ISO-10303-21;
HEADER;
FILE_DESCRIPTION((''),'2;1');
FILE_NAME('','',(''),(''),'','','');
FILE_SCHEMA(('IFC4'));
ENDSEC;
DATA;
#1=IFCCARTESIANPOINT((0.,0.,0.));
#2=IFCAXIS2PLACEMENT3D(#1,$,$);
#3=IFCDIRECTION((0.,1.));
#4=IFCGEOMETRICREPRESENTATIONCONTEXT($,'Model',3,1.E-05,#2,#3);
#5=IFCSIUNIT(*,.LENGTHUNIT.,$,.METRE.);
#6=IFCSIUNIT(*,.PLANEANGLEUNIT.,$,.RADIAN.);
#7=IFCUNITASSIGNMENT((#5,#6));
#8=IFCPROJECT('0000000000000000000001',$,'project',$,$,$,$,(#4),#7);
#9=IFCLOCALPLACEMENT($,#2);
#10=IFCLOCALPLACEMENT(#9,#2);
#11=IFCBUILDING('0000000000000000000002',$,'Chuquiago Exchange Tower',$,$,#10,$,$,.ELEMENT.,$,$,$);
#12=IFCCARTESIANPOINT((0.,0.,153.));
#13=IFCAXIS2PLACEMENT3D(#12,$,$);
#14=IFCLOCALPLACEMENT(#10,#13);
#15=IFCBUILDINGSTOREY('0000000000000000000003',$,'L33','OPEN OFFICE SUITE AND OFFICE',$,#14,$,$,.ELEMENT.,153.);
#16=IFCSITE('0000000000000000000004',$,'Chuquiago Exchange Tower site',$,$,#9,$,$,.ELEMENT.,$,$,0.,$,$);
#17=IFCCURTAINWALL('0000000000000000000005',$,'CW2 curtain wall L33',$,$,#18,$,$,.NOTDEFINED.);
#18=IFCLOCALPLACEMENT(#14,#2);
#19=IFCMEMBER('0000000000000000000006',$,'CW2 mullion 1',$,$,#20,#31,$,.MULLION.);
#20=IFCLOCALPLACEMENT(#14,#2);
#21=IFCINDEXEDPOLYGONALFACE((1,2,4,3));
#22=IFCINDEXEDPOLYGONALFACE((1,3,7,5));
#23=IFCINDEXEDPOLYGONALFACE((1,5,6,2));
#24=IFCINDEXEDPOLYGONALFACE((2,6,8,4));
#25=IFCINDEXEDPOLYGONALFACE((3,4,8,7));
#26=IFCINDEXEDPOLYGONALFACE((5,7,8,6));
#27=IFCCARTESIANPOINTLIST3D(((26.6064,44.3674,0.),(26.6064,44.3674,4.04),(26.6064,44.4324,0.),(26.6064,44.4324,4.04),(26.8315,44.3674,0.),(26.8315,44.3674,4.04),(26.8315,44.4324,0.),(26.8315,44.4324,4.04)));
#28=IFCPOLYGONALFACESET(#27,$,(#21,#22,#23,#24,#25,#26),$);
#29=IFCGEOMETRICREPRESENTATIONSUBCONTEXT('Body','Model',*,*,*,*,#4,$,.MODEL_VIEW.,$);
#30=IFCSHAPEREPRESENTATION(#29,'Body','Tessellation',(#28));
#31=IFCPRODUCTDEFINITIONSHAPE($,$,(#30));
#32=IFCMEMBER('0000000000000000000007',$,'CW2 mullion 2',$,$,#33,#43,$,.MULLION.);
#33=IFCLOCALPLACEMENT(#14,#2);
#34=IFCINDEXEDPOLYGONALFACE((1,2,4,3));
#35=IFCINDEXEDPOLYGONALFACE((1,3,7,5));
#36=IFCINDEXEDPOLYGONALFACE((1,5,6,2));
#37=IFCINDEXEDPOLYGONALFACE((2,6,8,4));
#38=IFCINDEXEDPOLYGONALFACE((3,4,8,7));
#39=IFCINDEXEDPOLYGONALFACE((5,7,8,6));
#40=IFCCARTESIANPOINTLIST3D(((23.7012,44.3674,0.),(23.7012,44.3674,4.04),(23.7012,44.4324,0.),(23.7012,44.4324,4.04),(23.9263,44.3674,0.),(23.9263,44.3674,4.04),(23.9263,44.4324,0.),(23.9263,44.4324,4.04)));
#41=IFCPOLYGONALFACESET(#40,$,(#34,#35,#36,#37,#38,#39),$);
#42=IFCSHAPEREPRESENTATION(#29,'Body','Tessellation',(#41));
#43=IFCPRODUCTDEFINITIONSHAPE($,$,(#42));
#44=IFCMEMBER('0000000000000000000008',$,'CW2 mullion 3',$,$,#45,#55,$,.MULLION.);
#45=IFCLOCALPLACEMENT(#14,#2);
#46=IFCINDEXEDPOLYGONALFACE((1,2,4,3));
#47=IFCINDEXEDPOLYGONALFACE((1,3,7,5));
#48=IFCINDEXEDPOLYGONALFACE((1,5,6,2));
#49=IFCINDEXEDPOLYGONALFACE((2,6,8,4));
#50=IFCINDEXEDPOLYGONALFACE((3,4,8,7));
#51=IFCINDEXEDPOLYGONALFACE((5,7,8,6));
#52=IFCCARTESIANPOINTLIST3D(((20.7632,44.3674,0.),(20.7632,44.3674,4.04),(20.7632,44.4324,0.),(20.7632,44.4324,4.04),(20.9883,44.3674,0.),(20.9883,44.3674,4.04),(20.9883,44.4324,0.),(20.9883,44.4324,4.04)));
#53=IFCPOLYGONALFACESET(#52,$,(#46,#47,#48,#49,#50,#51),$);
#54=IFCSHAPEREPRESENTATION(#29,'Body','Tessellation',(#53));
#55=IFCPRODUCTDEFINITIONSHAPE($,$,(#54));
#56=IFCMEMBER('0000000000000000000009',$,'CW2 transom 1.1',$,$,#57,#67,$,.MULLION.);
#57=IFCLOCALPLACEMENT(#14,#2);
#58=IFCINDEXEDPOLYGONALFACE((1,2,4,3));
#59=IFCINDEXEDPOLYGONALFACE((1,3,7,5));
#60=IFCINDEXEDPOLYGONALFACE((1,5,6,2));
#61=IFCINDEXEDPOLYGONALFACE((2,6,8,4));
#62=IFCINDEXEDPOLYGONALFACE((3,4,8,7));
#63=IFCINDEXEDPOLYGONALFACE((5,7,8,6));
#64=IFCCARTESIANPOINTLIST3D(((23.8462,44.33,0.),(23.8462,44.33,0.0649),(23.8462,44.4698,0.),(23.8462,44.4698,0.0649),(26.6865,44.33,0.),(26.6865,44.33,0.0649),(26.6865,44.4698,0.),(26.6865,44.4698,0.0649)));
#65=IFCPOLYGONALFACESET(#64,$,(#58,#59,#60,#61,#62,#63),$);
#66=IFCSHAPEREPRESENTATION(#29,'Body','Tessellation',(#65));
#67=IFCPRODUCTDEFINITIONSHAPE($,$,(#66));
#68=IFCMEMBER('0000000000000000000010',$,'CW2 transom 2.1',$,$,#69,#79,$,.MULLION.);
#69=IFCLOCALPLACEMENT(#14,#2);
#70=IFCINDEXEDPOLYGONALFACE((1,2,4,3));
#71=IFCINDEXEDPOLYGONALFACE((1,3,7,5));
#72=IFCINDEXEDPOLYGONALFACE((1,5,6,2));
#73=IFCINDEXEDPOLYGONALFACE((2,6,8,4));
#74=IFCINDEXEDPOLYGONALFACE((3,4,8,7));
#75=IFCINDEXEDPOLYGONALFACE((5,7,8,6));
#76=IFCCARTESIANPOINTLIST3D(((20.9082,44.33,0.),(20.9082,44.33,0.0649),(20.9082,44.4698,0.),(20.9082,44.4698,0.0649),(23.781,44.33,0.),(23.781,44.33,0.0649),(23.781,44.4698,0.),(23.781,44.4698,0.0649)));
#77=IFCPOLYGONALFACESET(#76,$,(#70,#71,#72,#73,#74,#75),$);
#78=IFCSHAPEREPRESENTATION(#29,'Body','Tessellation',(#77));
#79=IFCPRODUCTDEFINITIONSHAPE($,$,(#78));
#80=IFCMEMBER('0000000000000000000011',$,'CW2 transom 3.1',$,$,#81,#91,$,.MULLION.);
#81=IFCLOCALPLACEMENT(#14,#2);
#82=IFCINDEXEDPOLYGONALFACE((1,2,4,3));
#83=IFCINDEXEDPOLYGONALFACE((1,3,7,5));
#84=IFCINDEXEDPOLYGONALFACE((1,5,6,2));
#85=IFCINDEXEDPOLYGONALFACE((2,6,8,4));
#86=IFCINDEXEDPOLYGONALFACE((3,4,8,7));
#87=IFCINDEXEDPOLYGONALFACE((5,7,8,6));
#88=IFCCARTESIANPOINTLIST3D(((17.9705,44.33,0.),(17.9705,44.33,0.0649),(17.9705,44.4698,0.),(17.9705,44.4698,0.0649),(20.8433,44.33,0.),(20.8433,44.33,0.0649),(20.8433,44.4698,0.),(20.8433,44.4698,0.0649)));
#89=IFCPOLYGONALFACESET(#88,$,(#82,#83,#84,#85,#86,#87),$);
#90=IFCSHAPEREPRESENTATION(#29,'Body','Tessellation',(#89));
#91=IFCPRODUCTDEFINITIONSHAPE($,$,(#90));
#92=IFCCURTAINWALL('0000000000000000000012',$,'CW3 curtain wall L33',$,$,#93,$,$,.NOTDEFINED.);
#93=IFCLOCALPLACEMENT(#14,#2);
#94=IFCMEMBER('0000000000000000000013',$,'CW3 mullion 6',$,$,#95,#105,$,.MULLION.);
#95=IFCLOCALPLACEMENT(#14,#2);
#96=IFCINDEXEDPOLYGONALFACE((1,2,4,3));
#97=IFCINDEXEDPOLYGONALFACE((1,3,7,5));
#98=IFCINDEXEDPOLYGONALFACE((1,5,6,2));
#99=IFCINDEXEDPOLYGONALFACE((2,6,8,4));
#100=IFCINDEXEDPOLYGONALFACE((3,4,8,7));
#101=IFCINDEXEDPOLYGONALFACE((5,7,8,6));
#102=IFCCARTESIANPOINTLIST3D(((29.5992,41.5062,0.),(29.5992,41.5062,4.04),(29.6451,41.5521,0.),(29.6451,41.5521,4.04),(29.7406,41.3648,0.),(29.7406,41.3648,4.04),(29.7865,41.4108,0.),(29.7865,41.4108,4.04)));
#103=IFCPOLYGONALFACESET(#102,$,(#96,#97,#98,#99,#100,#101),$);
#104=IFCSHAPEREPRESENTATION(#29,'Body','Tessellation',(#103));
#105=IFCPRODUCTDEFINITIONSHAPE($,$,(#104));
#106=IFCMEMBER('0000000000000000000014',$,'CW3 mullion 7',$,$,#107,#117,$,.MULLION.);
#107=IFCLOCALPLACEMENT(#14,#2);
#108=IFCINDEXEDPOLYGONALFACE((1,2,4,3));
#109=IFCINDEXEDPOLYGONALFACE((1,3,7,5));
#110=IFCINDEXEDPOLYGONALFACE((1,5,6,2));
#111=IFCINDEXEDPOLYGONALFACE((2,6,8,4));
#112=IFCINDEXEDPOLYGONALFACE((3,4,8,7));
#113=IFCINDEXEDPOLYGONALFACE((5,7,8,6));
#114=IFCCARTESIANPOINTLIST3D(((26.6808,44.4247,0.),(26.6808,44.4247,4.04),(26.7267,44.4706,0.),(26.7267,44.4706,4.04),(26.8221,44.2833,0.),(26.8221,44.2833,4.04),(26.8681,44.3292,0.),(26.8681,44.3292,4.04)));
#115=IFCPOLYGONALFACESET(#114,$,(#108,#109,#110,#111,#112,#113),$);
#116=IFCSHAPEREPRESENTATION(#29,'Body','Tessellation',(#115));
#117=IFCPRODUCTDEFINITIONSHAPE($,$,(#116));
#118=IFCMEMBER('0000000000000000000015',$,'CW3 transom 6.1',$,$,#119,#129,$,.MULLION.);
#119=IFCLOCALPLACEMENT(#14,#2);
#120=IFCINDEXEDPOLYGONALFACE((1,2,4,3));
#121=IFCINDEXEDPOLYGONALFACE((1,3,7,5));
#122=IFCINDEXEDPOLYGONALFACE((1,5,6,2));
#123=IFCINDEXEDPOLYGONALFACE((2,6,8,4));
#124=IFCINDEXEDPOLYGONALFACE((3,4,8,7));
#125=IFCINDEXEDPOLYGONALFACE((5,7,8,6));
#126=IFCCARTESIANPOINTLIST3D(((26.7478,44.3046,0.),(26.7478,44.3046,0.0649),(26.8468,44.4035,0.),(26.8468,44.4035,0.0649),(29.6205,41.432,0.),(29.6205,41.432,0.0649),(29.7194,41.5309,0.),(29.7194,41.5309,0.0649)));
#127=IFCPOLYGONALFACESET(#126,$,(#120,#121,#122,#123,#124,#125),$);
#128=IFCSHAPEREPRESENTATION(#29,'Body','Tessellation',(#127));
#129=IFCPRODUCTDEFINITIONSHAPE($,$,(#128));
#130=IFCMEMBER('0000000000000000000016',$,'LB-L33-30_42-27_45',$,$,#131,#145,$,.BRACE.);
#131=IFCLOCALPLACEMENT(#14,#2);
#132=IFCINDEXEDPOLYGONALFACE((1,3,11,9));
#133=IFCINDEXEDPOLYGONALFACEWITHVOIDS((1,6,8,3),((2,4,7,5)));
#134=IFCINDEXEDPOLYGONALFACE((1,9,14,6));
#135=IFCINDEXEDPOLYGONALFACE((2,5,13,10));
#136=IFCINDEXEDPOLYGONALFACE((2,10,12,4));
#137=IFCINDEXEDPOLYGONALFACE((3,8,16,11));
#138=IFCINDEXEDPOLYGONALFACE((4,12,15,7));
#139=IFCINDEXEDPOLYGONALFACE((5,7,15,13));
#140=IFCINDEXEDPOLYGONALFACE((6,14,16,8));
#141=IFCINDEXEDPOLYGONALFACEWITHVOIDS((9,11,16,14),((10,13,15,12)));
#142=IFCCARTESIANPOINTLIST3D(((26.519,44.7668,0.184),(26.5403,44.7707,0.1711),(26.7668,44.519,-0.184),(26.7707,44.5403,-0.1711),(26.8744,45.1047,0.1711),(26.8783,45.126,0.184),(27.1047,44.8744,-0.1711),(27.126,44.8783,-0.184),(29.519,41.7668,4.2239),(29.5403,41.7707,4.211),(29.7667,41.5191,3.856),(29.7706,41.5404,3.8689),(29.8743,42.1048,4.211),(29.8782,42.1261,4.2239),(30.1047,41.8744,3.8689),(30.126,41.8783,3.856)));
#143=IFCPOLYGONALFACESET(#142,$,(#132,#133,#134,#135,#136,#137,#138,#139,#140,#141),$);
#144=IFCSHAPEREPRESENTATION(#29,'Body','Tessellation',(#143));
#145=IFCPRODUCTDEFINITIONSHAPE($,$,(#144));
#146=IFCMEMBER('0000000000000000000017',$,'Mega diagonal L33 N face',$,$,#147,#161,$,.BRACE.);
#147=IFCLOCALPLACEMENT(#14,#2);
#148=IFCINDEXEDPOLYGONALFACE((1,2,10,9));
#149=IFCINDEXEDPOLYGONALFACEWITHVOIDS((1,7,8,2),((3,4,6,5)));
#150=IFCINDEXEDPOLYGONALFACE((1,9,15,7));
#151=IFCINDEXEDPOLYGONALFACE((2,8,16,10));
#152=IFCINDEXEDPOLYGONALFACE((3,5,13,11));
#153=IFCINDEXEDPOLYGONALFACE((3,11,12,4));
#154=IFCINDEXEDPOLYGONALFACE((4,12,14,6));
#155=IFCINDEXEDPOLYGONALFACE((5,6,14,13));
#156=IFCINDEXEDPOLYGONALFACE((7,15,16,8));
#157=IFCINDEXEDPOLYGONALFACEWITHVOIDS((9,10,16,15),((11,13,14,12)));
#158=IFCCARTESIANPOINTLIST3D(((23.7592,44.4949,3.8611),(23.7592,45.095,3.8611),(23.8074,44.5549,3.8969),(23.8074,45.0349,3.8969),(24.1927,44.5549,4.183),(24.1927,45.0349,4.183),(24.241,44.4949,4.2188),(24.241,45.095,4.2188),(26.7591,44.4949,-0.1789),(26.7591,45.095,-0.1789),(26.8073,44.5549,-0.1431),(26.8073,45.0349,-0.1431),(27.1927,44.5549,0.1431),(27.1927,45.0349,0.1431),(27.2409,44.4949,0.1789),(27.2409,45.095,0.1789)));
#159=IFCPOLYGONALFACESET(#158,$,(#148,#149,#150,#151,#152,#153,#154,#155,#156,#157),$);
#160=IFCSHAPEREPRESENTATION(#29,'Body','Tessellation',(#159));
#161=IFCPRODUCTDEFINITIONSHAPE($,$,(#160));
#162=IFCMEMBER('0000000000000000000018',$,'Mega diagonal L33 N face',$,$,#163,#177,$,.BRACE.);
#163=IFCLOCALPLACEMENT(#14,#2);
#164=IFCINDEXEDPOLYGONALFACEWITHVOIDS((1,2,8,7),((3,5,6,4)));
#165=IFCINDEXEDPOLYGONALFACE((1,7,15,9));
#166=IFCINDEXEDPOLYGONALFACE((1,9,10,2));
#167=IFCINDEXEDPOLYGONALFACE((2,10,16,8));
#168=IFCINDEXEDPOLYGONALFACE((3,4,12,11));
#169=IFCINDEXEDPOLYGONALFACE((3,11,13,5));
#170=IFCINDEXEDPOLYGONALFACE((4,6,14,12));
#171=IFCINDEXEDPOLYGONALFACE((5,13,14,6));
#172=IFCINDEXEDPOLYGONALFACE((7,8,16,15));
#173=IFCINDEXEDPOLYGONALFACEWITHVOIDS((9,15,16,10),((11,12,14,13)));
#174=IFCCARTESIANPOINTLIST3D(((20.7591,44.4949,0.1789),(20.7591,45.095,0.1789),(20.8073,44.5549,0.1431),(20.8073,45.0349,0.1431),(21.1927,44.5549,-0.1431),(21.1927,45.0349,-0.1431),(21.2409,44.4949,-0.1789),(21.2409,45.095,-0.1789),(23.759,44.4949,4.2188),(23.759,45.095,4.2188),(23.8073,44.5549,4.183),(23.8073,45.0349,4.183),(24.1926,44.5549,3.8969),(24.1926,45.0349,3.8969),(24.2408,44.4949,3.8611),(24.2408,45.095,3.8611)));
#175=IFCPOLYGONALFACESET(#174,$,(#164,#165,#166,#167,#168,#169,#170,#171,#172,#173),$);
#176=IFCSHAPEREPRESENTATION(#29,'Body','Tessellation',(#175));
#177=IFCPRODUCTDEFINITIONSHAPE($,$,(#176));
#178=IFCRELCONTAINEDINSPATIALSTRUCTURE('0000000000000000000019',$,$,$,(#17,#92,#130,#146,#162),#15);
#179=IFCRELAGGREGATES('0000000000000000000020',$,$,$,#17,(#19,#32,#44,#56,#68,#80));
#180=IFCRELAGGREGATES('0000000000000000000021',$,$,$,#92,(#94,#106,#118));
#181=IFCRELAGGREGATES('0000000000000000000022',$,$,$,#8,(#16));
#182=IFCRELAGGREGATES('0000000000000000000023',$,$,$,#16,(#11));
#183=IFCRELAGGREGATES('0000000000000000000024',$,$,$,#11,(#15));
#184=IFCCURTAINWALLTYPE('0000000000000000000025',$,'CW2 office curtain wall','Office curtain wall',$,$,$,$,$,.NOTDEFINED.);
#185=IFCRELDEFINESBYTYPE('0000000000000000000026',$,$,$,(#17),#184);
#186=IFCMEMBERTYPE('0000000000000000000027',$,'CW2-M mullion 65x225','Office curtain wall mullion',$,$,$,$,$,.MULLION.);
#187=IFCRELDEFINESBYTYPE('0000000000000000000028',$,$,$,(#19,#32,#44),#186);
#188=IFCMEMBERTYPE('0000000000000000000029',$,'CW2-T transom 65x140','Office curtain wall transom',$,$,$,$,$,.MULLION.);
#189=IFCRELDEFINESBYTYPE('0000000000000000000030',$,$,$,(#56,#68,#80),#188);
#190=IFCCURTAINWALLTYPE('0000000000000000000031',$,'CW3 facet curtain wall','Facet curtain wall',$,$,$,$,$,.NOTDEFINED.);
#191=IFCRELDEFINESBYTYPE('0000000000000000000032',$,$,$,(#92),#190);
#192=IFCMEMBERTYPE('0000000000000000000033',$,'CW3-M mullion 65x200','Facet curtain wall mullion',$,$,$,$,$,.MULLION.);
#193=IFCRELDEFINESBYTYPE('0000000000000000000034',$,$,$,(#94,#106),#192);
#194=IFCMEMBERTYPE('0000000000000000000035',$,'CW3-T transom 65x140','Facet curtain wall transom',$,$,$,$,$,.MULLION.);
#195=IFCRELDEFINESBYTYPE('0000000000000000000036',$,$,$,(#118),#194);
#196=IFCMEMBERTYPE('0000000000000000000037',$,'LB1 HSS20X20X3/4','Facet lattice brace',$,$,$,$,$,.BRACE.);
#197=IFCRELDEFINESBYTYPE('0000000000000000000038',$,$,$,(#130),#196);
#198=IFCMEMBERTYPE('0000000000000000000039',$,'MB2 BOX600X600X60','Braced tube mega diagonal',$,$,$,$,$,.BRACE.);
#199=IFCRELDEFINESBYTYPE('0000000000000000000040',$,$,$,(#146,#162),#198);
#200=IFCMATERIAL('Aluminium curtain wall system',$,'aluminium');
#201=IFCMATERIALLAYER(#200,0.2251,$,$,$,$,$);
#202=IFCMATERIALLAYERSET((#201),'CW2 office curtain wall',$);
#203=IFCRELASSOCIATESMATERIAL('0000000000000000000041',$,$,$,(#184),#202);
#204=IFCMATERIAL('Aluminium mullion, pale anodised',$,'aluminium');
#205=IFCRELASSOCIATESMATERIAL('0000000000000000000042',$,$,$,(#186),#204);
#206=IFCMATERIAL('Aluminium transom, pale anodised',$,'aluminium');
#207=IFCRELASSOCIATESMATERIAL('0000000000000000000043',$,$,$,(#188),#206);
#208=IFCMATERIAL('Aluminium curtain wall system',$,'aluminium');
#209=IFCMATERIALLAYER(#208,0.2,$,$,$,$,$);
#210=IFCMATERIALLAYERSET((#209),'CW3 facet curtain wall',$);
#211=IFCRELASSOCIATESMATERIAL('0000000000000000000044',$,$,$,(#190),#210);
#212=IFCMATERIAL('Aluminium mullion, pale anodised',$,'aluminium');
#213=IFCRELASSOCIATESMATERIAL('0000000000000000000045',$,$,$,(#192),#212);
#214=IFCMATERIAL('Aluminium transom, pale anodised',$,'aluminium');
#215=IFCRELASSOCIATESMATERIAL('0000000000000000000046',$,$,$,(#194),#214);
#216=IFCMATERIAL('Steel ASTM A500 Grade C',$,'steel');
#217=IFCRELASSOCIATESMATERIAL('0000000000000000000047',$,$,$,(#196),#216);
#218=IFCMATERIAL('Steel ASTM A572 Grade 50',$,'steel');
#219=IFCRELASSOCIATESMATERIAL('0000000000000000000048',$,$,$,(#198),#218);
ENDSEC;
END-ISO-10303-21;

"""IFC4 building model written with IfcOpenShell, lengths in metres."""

from ifc_helpers import new_model, si_unit, direction, frame, origin, origin_2d, place, context, subcontext, project, spatial, rectangle, hollow_rectangle, extrude, material, layer, layer_set, material_profile, profile_set, type_object, element, aggregate, save


model = new_model("IFC4")

# Units and contexts
model_context = context("Model", 3, precision=1e-05, world=origin(), true_north=direction((0.0, 1.0)))
body_context = subcontext(model_context, "Body", "Model", "MODEL_VIEW")
ifc_project = project(units=[si_unit("LENGTHUNIT", "METRE"), si_unit("PLANEANGLEUNIT", "RADIAN")], contexts=[model_context])

# Site, building, storey
site_placement = place(None, origin())
site = spatial("IfcSite", under=ifc_project, at=site_placement, Name="Chuquiago Exchange Tower site", CompositionType="ELEMENT", RefElevation=0.0)
building_placement = place(site_placement, origin())
building = spatial("IfcBuilding", under=site, at=building_placement, Name="Chuquiago Exchange Tower", CompositionType="ELEMENT")
storey_placement = place(building_placement, frame((0.0, 0.0, 153.0)))
storey = spatial("IfcBuildingStorey", under=building, at=storey_placement, Name="L33", Description="OPEN OFFICE SUITE AND OFFICE", CompositionType="ELEMENT", Elevation=153.0)

# Curtain walls, members
ifc_material_1 = material(Name="Aluminium curtain wall system", Category="aluminium")
ifc_layer_1 = layer(ifc_material_1, 0.2251)
ifc_layer_set_1 = layer_set([ifc_layer_1], Name="CW2 office curtain wall")
curtain_wall_type_1 = type_object("IfcCurtainWallType", Name="CW2 office curtain wall", Description="Office curtain wall", PredefinedType="NOTDEFINED", material=ifc_layer_set_1)
curtain_wall_1_placement = place(storey_placement, origin())
curtain_wall_1 = element("IfcCurtainWall", 1, at=curtain_wall_1_placement, inside=storey, type_object=curtain_wall_type_1, Name="CW2 curtain wall L33", PredefinedType="NOTDEFINED")
ifc_material_2 = material(Name="Aluminium mullion, pale anodised", Category="aluminium")
ifc_material_profile_1 = material_profile(ifc_material_2, rectangle(XDim=0.0649, YDim=0.2251, at=origin_2d()), Name="AL 65x225")
ifc_profile_set_1 = profile_set([ifc_material_profile_1], Name="Aluminium mullion, pale anodised")
member_type_1 = type_object("IfcMemberType", Name="CW2-M mullion 65x225", Description="Office curtain wall mullion", PredefinedType="MULLION", material=ifc_profile_set_1)
member_1_placement = place(storey_placement, frame((26.719, 44.3999, 0.0), z_axis=(0.0, 0.0, 1.0), x_axis=(0.0, -1.0, 0.0)))
member_1 = element("IfcMember", 2, at=member_1_placement, type_object=member_type_1, Name="CW2 mullion 1", PredefinedType="MULLION", context=body_context, shape_type="SweptSolid", body=[
    extrude(rectangle(XDim=0.0649, YDim=0.2251, at=origin_2d()), origin(), (0.0, 0.0, 1.0), 4.04),
])
member_2_placement = place(storey_placement, frame((23.8137, 44.3999, 0.0), z_axis=(0.0, 0.0, 1.0), x_axis=(0.0, -1.0, 0.0)))
member_2 = element("IfcMember", 3, at=member_2_placement, type_object=member_type_1, Name="CW2 mullion 2", PredefinedType="MULLION", context=body_context, shape_type="SweptSolid", body=[
    extrude(rectangle(XDim=0.0649, YDim=0.2251, at=origin_2d()), origin(), (0.0, 0.0, 1.0), 4.04),
])
member_3_placement = place(storey_placement, frame((20.8757, 44.3999, 0.0), z_axis=(0.0, 0.0, 1.0), x_axis=(0.0, -1.0, 0.0)))
member_3 = element("IfcMember", 4, at=member_3_placement, type_object=member_type_1, Name="CW2 mullion 3", PredefinedType="MULLION", context=body_context, shape_type="SweptSolid", body=[
    extrude(rectangle(XDim=0.0649, YDim=0.2251, at=origin_2d()), origin(), (0.0, 0.0, 1.0), 4.04),
])
ifc_material_3 = material(Name="Aluminium transom, pale anodised", Category="aluminium")
ifc_material_profile_2 = material_profile(ifc_material_3, rectangle(XDim=0.1399, YDim=0.0649, at=origin_2d()), Name="AL 140x65")
ifc_profile_set_2 = profile_set([ifc_material_profile_2], Name="Aluminium transom, pale anodised")
member_type_2 = type_object("IfcMemberType", Name="CW2-T transom 65x140", Description="Office curtain wall transom", PredefinedType="MULLION", material=ifc_profile_set_2)
member_4_placement = place(storey_placement, frame((26.6865, 44.3999, 0.0325), z_axis=(-1.0, 0.0, 0.0), x_axis=(0.0, -1.0, 0.0)))
member_4 = element("IfcMember", 5, at=member_4_placement, type_object=member_type_2, Name="CW2 transom 1.1", PredefinedType="MULLION", context=body_context, shape_type="SweptSolid", body=[
    extrude(rectangle(XDim=0.1399, YDim=0.0649, at=origin_2d()), origin(), (0.0, 0.0, 1.0), 2.8403),
])
member_5_placement = place(storey_placement, frame((23.781, 44.3999, 0.0325), z_axis=(-1.0, 0.0, 0.0), x_axis=(0.0, -1.0, 0.0)))
member_5 = element("IfcMember", 6, at=member_5_placement, type_object=member_type_2, Name="CW2 transom 2.1", PredefinedType="MULLION", context=body_context, shape_type="SweptSolid", body=[
    extrude(rectangle(XDim=0.1399, YDim=0.0649, at=origin_2d()), origin(), (0.0, 0.0, 1.0), 2.8728),
])
member_6_placement = place(storey_placement, frame((20.8433, 44.3999, 0.0325), z_axis=(-1.0, 0.0, 0.0), x_axis=(0.0, -1.0, 0.0)))
member_6 = element("IfcMember", 7, at=member_6_placement, type_object=member_type_2, Name="CW2 transom 3.1", PredefinedType="MULLION", context=body_context, shape_type="SweptSolid", body=[
    extrude(rectangle(XDim=0.1399, YDim=0.0649, at=origin_2d()), origin(), (0.0, 0.0, 1.0), 2.8728),
])
ifc_material_4 = material(Name="Aluminium curtain wall system", Category="aluminium")
ifc_layer_2 = layer(ifc_material_4, 0.2)
ifc_layer_set_2 = layer_set([ifc_layer_2], Name="CW3 facet curtain wall")
curtain_wall_type_2 = type_object("IfcCurtainWallType", Name="CW3 facet curtain wall", Description="Facet curtain wall", PredefinedType="NOTDEFINED", material=ifc_layer_set_2)
curtain_wall_2_placement = place(storey_placement, origin())
curtain_wall_2 = element("IfcCurtainWall", 8, at=curtain_wall_2_placement, inside=storey, type_object=curtain_wall_type_2, Name="CW3 curtain wall L33", PredefinedType="NOTDEFINED")
ifc_material_5 = material(Name="Aluminium mullion, pale anodised", Category="aluminium")
ifc_material_profile_3 = material_profile(ifc_material_5, rectangle(XDim=0.0649, YDim=0.2, at=origin_2d()), Name="AL 65x200")
ifc_profile_set_3 = profile_set([ifc_material_profile_3], Name="Aluminium mullion, pale anodised")
member_type_3 = type_object("IfcMemberType", Name="CW3-M mullion 65x200", Description="Facet curtain wall mullion", PredefinedType="MULLION", material=ifc_profile_set_3)
member_7_placement = place(storey_placement, frame((29.6929, 41.4585, 0.0), z_axis=(0.0, 0.0, 1.0), x_axis=(-0.707107, -0.707107, 0.0)))
member_7 = element("IfcMember", 9, at=member_7_placement, type_object=member_type_3, Name="CW3 mullion 6", PredefinedType="MULLION", context=body_context, shape_type="SweptSolid", body=[
    extrude(rectangle(XDim=0.0649, YDim=0.2, at=origin_2d()), origin(), (0.0, 0.0, 1.0), 4.04),
])
member_8_placement = place(storey_placement, frame((26.7744, 44.377, 0.0), z_axis=(0.0, 0.0, 1.0), x_axis=(-0.707107, -0.707107, 0.0)))
member_8 = element("IfcMember", 10, at=member_8_placement, type_object=member_type_3, Name="CW3 mullion 7", PredefinedType="MULLION", context=body_context, shape_type="SweptSolid", body=[
    extrude(rectangle(XDim=0.0649, YDim=0.2, at=origin_2d()), origin(), (0.0, 0.0, 1.0), 4.04),
])
ifc_material_6 = material(Name="Aluminium transom, pale anodised", Category="aluminium")
ifc_material_profile_4 = material_profile(ifc_material_6, rectangle(XDim=0.1399, YDim=0.0649, at=origin_2d()), Name="AL 140x65")
ifc_profile_set_4 = profile_set([ifc_material_profile_4], Name="Aluminium transom, pale anodised")
member_type_4 = type_object("IfcMemberType", Name="CW3-T transom 65x140", Description="Facet curtain wall transom", PredefinedType="MULLION", material=ifc_profile_set_4)
member_9_placement = place(storey_placement, frame((29.6699, 41.4814, 0.0325), z_axis=(-0.707107, 0.707107, 0.0), x_axis=(-0.707107, -0.707107, 0.0)))
member_9 = element("IfcMember", 11, at=member_9_placement, type_object=member_type_4, Name="CW3 transom 6.1", PredefinedType="MULLION", context=body_context, shape_type="SweptSolid", body=[
    extrude(rectangle(XDim=0.1399, YDim=0.0649, at=origin_2d()), origin(), (0.0, 0.0, 1.0), 4.0625),
])

# Members
ifc_material_7 = material(Name="Steel ASTM A500 Grade C", Category="steel")
ifc_material_profile_5 = material_profile(ifc_material_7, hollow_rectangle(XDim=0.5081, YDim=0.5081, WallThickness=0.0178, at=origin_2d()), Name="HSS20X20X3/4")
ifc_profile_set_5 = profile_set([ifc_material_profile_5], Name="Steel ASTM A500 Grade C")
member_type_5 = type_object("IfcMemberType", Name="LB1 HSS20X20X3/4", Description="Facet lattice brace", PredefinedType="BRACE", material=ifc_profile_set_5)
member_10_placement = place(storey_placement, frame((26.8225, 44.8225, 0.0), z_axis=(0.512077, -0.512077, 0.689604), x_axis=(0.707107, 0.707107, 0.0)))
element("IfcMember", 12, at=member_10_placement, inside=storey, type_object=member_type_5, Name="LB-L33-30_42-27_45", PredefinedType="BRACE", context=body_context, shape_type="SweptSolid", body=[
    extrude(hollow_rectangle(XDim=0.5081, YDim=0.5081, WallThickness=0.0178, at=origin_2d()), origin(), (0.0, 0.0, 1.0), 5.8584),
])
ifc_material_8 = material(Name="Steel ASTM A572 Grade 50", Category="steel")
ifc_material_profile_6 = material_profile(ifc_material_8, hollow_rectangle(XDim=0.6001, YDim=0.6001, WallThickness=0.0601, at=origin_2d()), Name="BOX600X600X60")
ifc_profile_set_6 = profile_set([ifc_material_profile_6], Name="Steel ASTM A572 Grade 50")
member_type_6 = type_object("IfcMemberType", Name="MB2 BOX600X600X60", Description="Braced tube mega diagonal", PredefinedType="BRACE", material=ifc_profile_set_6)
for number, where, z_axis, x_axis, name in (
    (13, (27.0, 44.7949, 0.0), (-0.596174, 0.0, 0.802855), (0.0, -1.0, 0.0), "Mega diagonal L33 N face"),
    (14, (21.0, 44.7949, 0.0), (0.596174, 0.0, 0.802855), (0.0, 1.0, 0.0), "Mega diagonal L33 N face"),
):
    element("IfcMember", number, at=place(storey_placement, frame(where, z_axis=z_axis, x_axis=x_axis)), inside=storey, type_object=member_type_6, Name=name, PredefinedType="BRACE", context=body_context, shape_type="SweptSolid", body=[
        extrude(hollow_rectangle(XDim=0.6001, YDim=0.6001, WallThickness=0.0601, at=origin_2d()), origin(), (0.0, 0.0, 1.0), 5.032),
    ])

aggregate(curtain_wall_1, [member_1, member_2, member_3, member_4, member_5, member_6])
aggregate(curtain_wall_2, [member_7, member_8, member_9])

save(model, "model.ifc")
